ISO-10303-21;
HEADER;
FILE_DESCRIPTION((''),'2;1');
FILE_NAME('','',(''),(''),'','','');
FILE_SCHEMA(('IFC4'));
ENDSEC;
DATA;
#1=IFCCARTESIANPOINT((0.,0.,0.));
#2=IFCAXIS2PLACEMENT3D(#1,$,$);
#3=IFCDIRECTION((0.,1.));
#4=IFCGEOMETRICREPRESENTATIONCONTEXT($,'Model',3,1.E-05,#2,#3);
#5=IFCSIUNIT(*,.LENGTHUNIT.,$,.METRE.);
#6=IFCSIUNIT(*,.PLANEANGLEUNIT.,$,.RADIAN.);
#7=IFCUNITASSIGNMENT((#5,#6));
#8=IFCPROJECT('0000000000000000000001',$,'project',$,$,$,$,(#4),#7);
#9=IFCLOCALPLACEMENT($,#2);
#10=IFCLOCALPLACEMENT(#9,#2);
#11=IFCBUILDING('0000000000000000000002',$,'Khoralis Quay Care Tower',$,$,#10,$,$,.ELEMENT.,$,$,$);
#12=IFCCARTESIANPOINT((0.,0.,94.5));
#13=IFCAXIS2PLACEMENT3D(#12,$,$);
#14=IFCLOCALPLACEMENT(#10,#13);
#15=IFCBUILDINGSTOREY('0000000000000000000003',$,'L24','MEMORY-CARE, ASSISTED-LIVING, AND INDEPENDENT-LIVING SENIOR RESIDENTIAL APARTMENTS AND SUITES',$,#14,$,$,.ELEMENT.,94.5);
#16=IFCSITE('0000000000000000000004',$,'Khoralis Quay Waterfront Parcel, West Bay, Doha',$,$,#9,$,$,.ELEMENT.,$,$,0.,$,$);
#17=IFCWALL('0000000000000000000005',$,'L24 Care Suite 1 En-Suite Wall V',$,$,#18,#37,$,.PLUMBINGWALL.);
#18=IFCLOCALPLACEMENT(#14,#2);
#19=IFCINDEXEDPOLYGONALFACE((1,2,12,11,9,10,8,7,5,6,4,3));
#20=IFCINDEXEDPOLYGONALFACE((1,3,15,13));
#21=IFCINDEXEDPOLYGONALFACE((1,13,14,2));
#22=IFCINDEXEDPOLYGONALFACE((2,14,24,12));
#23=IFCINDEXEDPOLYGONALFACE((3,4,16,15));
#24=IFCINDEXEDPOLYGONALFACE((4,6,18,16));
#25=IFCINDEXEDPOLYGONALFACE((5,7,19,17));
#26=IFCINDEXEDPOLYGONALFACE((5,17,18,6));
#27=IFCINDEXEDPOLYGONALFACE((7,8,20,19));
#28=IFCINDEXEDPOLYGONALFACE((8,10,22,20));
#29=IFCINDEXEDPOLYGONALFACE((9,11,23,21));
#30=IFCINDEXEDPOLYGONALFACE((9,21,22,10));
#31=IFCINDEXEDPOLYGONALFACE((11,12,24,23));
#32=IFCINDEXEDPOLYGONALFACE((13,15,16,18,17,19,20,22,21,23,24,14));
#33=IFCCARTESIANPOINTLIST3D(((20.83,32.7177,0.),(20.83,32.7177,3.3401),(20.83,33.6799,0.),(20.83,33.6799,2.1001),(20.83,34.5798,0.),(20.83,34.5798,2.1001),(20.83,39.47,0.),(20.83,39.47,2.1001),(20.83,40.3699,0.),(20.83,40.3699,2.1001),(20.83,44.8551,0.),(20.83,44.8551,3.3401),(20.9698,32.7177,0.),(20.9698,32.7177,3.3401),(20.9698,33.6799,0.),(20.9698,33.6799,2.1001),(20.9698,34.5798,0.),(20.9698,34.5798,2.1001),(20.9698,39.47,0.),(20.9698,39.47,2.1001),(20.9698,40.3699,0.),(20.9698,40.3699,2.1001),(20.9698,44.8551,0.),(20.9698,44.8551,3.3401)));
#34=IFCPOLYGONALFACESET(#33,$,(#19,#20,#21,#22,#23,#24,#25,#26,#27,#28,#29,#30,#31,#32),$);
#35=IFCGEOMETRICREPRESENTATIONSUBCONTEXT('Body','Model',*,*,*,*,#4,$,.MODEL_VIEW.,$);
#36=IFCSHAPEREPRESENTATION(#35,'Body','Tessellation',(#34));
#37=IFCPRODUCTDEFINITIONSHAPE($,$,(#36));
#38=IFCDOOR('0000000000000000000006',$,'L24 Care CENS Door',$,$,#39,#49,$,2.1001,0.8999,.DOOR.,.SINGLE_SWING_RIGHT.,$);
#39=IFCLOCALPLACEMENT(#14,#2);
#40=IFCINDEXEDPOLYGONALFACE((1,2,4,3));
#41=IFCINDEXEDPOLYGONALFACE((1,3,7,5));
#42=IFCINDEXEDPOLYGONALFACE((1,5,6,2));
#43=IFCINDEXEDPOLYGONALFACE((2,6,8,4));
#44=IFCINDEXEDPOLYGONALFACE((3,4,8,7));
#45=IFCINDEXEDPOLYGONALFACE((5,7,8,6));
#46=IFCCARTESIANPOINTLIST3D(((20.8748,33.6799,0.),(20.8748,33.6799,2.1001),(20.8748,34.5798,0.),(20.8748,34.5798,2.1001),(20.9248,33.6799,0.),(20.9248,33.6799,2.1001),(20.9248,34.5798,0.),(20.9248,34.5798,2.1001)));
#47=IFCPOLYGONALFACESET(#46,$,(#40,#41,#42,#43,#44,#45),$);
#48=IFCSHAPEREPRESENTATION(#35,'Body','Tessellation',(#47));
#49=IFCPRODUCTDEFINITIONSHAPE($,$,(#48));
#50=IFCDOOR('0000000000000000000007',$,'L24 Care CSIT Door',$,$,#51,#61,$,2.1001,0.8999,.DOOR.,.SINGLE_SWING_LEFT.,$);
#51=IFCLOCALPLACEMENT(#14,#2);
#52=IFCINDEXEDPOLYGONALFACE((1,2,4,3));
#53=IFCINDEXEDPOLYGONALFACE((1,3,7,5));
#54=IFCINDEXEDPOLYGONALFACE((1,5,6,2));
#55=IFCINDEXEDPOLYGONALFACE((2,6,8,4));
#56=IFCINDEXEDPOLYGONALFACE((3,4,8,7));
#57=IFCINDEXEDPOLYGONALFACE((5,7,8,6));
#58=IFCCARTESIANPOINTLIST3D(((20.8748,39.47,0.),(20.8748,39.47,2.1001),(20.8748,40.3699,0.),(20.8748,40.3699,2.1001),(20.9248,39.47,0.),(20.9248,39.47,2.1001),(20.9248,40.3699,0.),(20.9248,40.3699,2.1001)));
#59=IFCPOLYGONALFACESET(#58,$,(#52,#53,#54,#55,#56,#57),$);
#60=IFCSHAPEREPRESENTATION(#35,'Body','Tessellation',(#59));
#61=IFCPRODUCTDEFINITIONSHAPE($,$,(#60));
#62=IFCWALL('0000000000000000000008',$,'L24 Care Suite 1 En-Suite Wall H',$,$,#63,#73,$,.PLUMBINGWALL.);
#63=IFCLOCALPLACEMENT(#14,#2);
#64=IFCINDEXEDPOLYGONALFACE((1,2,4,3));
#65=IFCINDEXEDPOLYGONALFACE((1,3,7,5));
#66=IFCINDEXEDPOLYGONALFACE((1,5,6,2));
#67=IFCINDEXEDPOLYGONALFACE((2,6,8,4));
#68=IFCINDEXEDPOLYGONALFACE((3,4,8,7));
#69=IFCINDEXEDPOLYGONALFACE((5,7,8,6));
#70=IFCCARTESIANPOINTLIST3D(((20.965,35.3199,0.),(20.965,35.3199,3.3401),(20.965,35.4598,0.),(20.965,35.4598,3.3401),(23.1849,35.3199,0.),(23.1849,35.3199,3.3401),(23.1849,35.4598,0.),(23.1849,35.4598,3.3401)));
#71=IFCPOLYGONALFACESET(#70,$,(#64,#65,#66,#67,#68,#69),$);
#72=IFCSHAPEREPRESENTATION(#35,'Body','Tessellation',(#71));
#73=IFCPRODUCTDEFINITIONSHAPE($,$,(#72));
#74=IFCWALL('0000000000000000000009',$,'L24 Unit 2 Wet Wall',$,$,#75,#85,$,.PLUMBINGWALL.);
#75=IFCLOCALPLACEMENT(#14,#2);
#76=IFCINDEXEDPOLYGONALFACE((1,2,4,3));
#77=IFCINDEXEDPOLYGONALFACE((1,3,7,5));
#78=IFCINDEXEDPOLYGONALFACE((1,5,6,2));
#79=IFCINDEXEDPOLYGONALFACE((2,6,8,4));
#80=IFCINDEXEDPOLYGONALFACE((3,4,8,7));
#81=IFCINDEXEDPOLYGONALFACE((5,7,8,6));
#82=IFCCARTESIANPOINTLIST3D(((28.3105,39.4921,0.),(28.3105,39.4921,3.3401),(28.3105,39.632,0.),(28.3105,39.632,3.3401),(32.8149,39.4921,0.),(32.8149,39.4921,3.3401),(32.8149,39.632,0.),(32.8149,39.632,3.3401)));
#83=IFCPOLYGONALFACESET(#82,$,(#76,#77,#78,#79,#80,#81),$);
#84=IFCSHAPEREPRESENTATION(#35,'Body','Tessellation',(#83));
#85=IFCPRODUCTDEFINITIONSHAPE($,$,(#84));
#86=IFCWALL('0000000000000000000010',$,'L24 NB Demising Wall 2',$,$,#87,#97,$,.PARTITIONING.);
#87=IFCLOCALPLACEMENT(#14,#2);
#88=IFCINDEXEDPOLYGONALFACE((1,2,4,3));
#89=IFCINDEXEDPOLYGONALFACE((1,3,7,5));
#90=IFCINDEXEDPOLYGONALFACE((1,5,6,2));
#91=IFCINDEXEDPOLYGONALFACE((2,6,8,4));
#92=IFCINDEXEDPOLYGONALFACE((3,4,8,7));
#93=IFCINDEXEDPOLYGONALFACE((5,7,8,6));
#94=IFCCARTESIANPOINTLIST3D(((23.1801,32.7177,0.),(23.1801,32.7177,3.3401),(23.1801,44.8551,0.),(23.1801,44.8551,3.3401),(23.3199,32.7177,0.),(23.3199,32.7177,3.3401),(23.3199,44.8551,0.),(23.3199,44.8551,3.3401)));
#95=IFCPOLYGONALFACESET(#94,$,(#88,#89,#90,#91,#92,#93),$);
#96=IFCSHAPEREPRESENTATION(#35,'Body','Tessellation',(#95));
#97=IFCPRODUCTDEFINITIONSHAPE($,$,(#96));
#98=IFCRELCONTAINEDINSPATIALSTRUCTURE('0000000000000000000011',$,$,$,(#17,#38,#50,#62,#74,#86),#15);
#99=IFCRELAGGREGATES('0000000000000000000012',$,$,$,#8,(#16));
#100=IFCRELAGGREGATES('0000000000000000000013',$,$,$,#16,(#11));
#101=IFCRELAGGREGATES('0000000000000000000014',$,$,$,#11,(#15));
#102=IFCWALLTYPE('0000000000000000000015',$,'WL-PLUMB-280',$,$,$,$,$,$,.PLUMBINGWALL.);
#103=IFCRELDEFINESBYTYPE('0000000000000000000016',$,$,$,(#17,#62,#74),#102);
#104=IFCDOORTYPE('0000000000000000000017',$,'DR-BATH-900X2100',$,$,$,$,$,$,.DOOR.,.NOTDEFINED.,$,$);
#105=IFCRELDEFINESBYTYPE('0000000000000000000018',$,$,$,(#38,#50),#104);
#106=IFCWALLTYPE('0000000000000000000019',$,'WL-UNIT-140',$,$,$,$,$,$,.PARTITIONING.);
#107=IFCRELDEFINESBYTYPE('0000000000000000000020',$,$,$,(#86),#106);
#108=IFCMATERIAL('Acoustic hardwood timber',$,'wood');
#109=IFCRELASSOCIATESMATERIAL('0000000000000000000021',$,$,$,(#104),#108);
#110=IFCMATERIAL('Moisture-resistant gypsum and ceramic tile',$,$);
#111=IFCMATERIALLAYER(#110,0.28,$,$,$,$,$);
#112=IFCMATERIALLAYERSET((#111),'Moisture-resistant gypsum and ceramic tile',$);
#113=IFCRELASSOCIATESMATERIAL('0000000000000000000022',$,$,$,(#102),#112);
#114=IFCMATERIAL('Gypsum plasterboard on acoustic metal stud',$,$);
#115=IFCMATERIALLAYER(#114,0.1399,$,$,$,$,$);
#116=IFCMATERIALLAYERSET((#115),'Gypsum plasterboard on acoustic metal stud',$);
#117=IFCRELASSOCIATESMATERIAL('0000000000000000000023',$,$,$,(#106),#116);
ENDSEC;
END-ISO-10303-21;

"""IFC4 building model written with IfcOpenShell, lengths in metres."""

from ifc_helpers import new_model, si_unit, direction, frame, frame_2d, origin, place, context, subcontext, project, spatial, rectangle, extrude, source, transform, mapped, material, layer, layer_set, type_object, element, fill, save


model = new_model("IFC4")

# Units and contexts
model_context = context("Model", 3, precision=1e-05, world=origin(), true_north=direction((0.0, 1.0)))
body_context = subcontext(model_context, "Body", "Model", "MODEL_VIEW")
ifc_project = project(units=[si_unit("LENGTHUNIT", "METRE"), si_unit("PLANEANGLEUNIT", "RADIAN")], contexts=[model_context])

# Site, building, storey
site_placement = place(None, origin())
site = spatial("IfcSite", under=ifc_project, at=site_placement, Name="Khoralis Quay Waterfront Parcel, West Bay, Doha", CompositionType="ELEMENT", RefElevation=0.0)
building_placement = place(site_placement, origin())
building = spatial("IfcBuilding", under=site, at=building_placement, Name="Khoralis Quay Care Tower", CompositionType="ELEMENT")
storey_placement = place(building_placement, frame((0.0, 0.0, 94.5)))
storey = spatial("IfcBuildingStorey", under=building, at=storey_placement, Name="L24", Description="MEMORY-CARE, ASSISTED-LIVING, AND INDEPENDENT-LIVING SENIOR RESIDENTIAL APARTMENTS AND SUITES", CompositionType="ELEMENT", Elevation=94.5)

# Shared definitions
ifc_material_1 = material(Name="Gypsum plasterboard on acoustic metal stud")

# Shared definitions
ifc_material_2 = material(Name="Acoustic hardwood timber", Category="wood")
door_type_1 = type_object("IfcDoorType", Name="DR-BATH-900X2100", OperationType="NOTDEFINED", PredefinedType="DOOR", material=ifc_material_2)
shared_shape_1 = source(origin(), body_context, "Body", "SweptSolid", [
    extrude(rectangle(XDim=0.8999, YDim=2.1001, at=frame_2d((0.45, 1.05))), frame((0.0, 0.0249, 0.0), z_axis=(0.0, -1.0, 0.0), x_axis=(1.0, 0.0, 0.0)), (0.0, 0.0, 1.0), 0.05),
])

# Wall, openings, doors
ifc_material_3 = material(Name="Moisture-resistant gypsum and ceramic tile")
ifc_layer_1 = layer(ifc_material_3, 0.28)
ifc_layer_set_1 = layer_set([ifc_layer_1], Name="Moisture-resistant gypsum and ceramic tile")
wall_type_1 = type_object("IfcWallType", Name="WL-PLUMB-280", PredefinedType="PLUMBINGWALL", material=ifc_layer_set_1)
wall_1_placement = place(storey_placement, frame((20.8999, 32.7175, 0.0), z_axis=(0.0, 0.0, 1.0), x_axis=(0.0, 1.0, 0.0)))
wall_1 = element("IfcWall", 1, at=wall_1_placement, inside=storey, type_object=wall_type_1, Name="L24 Care Suite 1 En-Suite Wall V", PredefinedType="PLUMBINGWALL", context=body_context, shape_type="SweptSolid", body=[
    extrude(rectangle(XDim=12.1375, YDim=0.1399, at=frame_2d((6.0688, 0.0))), origin(), (0.0, 0.0, 1.0), 3.3401),
])
opening_1_placement = place(wall_1_placement, frame((0.9624, 0.0, 0.0)))
opening_1 = element("IfcOpeningElement", 2, at=opening_1_placement, cuts=wall_1, PredefinedType="OPENING", context=body_context, shape_type="SweptSolid", body=[
    extrude(rectangle(XDim=0.8999, YDim=2.1001, at=frame_2d((0.45, 1.05))), frame((0.0, 0.0801, 0.0), z_axis=(0.0, -1.0, 0.0), x_axis=(1.0, 0.0, 0.0)), (0.0, 0.0, 1.0), 0.1599),
])
opening_2_placement = place(wall_1_placement, frame((6.7524, 0.0, 0.0)))
opening_2 = element("IfcOpeningElement", 3, at=opening_2_placement, cuts=wall_1, PredefinedType="OPENING", context=body_context, shape_type="SweptSolid", body=[
    extrude(rectangle(XDim=0.8999, YDim=2.1001, at=frame_2d((0.45, 1.05))), frame((0.0, 0.0801, 0.0), z_axis=(0.0, -1.0, 0.0), x_axis=(1.0, 0.0, 0.0)), (0.0, 0.0, 1.0), 0.1599),
])
door_1_placement = place(opening_1_placement, frame((0.8999, 0.0, 0.0), z_axis=(0.0, 0.0, 1.0), x_axis=(-1.0, 0.0, 0.0)))
door_1 = element("IfcDoor", 4, at=door_1_placement, inside=storey, type_object=door_type_1, Name="L24 Care CENS Door", OperationType="SINGLE_SWING_RIGHT", OverallHeight=2.1001, OverallWidth=0.8999, PredefinedType="DOOR", context=body_context, shape_type="MappedRepresentation", body=[
    mapped(shared_shape_1, transform((0.0, 0.0, 0.0), scale=1.0)),
])
fill(opening_1, door_1)
door_2_placement = place(opening_2_placement, frame((0.8999, 0.0, 0.0), z_axis=(0.0, 0.0, 1.0), x_axis=(-1.0, 0.0, 0.0)))
door_2 = element("IfcDoor", 5, at=door_2_placement, inside=storey, type_object=door_type_1, Name="L24 Care CSIT Door", OperationType="SINGLE_SWING_LEFT", OverallHeight=2.1001, OverallWidth=0.8999, PredefinedType="DOOR", context=body_context, shape_type="MappedRepresentation", body=[
    mapped(shared_shape_1, transform((0.0, 0.0, 0.0), scale=1.0)),
])
fill(opening_2, door_2)

# Walls
wall_2_placement = place(storey_placement, frame((20.9651, 35.3899, 0.0), z_axis=(0.0, 0.0, 1.0), x_axis=(1.0, 0.0, 0.0)))
element("IfcWall", 6, at=wall_2_placement, inside=storey, type_object=wall_type_1, Name="L24 Care Suite 1 En-Suite Wall H", PredefinedType="PLUMBINGWALL", context=body_context, shape_type="SweptSolid", body=[
    extrude(rectangle(XDim=2.22, YDim=0.1399, at=frame_2d((1.1099, 0.0))), origin(), (0.0, 0.0, 1.0), 3.3401),
])
wall_3_placement = place(storey_placement, frame((28.3105, 39.562, 0.0), z_axis=(0.0, 0.0, 1.0), x_axis=(1.0, 0.0, 0.0)))
element("IfcWall", 7, at=wall_3_placement, inside=storey, type_object=wall_type_1, Name="L24 Unit 2 Wet Wall", PredefinedType="PLUMBINGWALL", context=body_context, shape_type="SweptSolid", body=[
    extrude(rectangle(XDim=4.5044, YDim=0.1399, at=frame_2d((2.2522, 0.0))), origin(), (0.0, 0.0, 1.0), 3.3401),
])
ifc_layer_2 = layer(ifc_material_1, 0.1399)
ifc_layer_set_2 = layer_set([ifc_layer_2], Name="Gypsum plasterboard on acoustic metal stud")
wall_type_2 = type_object("IfcWallType", Name="WL-UNIT-140", PredefinedType="PARTITIONING", material=ifc_layer_set_2)
wall_4_placement = place(storey_placement, frame((23.25, 32.7175, 0.0), z_axis=(0.0, 0.0, 1.0), x_axis=(0.0, 1.0, 0.0)))
element("IfcWall", 8, at=wall_4_placement, inside=storey, type_object=wall_type_2, Name="L24 NB Demising Wall 2", PredefinedType="PARTITIONING", context=body_context, shape_type="SweptSolid", body=[
    extrude(rectangle(XDim=12.1375, YDim=0.1399, at=frame_2d((6.0688, 0.0))), origin(), (0.0, 0.0, 1.0), 3.3401),
])

save(model, "model.ifc")
